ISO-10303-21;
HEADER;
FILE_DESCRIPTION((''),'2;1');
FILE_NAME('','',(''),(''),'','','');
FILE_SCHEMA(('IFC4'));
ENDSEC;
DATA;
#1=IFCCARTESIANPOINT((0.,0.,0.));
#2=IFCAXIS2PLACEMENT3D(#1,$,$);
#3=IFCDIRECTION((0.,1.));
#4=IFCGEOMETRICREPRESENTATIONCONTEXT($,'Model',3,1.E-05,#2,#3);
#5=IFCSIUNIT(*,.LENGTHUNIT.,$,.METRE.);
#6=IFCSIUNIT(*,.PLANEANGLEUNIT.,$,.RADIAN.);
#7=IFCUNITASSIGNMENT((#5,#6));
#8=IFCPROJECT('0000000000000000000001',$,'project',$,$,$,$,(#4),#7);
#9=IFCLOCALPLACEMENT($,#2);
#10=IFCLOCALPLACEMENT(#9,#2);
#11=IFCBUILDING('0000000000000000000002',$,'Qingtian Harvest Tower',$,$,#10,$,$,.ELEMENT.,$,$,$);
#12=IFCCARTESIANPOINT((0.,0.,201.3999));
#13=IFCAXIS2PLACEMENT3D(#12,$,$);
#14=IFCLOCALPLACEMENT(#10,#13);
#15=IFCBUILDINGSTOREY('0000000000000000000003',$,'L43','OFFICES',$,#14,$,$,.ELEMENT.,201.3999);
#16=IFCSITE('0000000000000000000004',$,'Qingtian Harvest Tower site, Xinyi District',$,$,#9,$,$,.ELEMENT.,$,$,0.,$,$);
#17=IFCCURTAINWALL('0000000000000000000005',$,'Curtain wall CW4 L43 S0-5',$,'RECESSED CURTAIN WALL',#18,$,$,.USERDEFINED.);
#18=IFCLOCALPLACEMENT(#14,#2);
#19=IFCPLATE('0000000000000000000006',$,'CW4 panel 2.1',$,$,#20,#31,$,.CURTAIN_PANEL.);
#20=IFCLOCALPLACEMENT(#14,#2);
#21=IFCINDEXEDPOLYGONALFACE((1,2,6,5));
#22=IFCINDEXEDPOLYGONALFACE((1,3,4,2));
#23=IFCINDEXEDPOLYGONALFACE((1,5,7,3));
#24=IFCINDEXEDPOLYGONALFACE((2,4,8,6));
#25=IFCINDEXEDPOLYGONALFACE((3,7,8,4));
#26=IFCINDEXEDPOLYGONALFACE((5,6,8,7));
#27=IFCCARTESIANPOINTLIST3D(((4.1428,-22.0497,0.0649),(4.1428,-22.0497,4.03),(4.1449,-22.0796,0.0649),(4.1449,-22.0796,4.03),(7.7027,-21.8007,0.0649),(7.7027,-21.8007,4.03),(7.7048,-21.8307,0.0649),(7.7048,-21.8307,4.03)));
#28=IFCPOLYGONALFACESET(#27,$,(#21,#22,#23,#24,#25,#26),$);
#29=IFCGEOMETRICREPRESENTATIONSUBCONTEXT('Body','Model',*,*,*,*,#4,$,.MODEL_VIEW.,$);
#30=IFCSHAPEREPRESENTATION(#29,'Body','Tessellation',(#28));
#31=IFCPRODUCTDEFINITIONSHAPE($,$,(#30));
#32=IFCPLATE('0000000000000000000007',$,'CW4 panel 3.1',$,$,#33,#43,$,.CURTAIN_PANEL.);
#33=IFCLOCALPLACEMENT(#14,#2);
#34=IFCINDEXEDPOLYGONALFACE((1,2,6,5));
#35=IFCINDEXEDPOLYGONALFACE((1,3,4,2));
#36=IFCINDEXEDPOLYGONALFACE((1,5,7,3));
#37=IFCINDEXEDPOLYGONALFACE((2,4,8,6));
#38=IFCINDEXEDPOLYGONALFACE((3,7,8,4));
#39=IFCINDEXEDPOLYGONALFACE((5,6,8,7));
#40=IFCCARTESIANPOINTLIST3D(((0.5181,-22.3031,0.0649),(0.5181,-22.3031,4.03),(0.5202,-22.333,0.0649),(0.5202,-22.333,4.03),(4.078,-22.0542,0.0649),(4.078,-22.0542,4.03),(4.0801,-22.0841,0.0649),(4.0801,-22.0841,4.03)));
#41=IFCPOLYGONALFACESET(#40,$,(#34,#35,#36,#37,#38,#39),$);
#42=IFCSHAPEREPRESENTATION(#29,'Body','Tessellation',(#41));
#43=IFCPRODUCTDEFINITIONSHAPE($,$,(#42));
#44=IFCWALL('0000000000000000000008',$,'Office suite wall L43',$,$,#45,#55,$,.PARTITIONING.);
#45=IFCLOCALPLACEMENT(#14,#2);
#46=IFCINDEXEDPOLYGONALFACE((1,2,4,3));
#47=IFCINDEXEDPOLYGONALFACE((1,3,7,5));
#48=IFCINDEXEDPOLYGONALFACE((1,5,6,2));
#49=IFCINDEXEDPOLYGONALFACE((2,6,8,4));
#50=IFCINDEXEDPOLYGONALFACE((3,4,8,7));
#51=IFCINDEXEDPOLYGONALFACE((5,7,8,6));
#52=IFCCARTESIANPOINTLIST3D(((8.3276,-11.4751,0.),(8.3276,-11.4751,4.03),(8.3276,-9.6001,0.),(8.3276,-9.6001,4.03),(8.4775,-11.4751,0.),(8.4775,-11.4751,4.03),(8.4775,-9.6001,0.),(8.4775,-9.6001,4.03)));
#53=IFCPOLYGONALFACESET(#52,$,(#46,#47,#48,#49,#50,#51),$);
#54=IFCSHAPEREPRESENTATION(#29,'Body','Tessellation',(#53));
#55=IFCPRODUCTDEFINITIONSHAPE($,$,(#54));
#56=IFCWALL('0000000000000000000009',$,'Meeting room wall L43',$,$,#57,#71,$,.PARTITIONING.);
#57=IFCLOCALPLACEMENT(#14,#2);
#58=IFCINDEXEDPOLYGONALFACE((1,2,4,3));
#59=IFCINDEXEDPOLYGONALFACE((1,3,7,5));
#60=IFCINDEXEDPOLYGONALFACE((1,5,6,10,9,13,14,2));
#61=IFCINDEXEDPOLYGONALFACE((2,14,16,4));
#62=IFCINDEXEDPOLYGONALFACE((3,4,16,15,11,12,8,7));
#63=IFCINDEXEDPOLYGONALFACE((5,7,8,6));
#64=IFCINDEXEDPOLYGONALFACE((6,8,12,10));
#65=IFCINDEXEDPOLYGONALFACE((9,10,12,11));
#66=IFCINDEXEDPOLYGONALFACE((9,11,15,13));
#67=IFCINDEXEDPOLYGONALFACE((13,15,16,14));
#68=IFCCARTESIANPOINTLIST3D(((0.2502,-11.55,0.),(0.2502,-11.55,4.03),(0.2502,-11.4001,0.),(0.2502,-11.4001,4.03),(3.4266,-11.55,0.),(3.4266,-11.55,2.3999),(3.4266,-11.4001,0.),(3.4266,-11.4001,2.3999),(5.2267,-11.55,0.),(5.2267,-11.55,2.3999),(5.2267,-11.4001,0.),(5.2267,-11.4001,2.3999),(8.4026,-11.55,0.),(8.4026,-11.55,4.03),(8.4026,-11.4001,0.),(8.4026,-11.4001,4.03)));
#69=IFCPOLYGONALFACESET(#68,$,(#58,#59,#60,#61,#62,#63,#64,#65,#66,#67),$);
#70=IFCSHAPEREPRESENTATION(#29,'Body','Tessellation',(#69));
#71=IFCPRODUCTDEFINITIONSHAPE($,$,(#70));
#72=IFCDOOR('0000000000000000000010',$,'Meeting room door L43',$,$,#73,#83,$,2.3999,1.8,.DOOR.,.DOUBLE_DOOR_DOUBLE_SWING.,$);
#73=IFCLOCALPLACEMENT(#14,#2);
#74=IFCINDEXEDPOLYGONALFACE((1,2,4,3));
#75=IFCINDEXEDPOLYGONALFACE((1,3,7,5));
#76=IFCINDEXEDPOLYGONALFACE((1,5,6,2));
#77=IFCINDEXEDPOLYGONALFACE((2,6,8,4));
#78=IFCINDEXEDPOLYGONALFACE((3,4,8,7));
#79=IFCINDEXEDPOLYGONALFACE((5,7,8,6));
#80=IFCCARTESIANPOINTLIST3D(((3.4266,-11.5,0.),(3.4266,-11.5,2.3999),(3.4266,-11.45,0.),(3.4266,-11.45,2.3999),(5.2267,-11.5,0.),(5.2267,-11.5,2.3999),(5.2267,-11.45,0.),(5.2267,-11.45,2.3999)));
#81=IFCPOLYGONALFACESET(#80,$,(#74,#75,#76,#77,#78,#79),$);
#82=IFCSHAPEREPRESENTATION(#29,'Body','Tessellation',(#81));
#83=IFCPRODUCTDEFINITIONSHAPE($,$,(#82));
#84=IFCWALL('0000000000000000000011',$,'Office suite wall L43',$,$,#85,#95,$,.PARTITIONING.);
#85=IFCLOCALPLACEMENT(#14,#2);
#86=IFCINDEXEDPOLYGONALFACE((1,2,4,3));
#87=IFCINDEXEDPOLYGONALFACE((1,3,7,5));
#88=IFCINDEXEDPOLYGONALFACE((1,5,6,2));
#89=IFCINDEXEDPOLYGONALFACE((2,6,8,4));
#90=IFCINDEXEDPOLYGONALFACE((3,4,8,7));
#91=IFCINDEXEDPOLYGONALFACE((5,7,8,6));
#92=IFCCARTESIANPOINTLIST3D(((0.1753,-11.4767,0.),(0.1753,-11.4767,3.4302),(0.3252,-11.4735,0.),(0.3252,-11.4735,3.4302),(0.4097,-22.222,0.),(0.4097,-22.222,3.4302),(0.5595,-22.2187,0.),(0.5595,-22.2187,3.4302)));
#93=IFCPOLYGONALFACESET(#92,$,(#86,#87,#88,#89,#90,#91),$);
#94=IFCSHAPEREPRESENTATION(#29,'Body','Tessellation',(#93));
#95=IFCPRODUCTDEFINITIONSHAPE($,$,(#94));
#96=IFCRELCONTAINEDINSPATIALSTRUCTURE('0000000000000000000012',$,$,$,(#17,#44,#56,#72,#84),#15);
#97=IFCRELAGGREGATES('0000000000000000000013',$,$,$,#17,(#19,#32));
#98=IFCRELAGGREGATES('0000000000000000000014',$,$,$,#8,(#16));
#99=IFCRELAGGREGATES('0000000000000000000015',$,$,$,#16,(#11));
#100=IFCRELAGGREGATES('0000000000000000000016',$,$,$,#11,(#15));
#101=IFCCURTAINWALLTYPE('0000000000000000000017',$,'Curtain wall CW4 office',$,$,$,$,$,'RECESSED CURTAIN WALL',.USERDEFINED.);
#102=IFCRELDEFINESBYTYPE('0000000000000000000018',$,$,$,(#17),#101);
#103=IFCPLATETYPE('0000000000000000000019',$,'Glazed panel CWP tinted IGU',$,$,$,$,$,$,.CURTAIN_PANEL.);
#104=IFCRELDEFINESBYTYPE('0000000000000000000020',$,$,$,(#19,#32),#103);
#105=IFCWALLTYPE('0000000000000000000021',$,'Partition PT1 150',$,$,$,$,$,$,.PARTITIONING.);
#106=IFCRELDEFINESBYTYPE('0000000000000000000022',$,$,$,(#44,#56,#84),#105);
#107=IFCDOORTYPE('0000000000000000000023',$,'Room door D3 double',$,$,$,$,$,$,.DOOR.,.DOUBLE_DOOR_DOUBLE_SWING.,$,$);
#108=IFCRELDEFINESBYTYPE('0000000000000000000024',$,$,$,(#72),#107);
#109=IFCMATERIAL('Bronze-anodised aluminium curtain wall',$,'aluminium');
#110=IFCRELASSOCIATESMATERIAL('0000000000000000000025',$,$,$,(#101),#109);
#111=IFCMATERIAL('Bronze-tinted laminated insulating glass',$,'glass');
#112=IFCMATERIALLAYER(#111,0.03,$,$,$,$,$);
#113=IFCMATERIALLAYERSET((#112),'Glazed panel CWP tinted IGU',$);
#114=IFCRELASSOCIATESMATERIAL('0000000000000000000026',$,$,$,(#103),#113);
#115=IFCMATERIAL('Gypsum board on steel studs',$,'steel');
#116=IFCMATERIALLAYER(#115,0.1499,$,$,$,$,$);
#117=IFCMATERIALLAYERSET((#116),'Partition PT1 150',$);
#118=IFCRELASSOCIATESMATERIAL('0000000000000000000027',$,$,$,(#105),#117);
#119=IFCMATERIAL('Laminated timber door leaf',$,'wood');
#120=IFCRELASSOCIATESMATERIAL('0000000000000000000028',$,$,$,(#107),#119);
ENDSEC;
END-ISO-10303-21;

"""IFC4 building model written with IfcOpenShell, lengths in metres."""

from ifc_helpers import new_model, si_unit, direction, frame, frame_2d, origin, origin_2d, place, context, subcontext, project, spatial, rectangle, extrude, material, layer, layer_set, type_object, element, fill, aggregate, save


model = new_model("IFC4")

# Units and contexts
model_context = context("Model", 3, precision=1e-05, world=origin(), true_north=direction((0.0, 1.0)))
body_context = subcontext(model_context, "Body", "Model", "MODEL_VIEW")
ifc_project = project(units=[si_unit("LENGTHUNIT", "METRE"), si_unit("PLANEANGLEUNIT", "RADIAN")], contexts=[model_context])

# Site, building, storey
site_placement = place(None, origin())
site = spatial("IfcSite", under=ifc_project, at=site_placement, Name="Qingtian Harvest Tower site, Xinyi District", CompositionType="ELEMENT", RefElevation=0.0)
building_placement = place(site_placement, origin())
building = spatial("IfcBuilding", under=site, at=building_placement, Name="Qingtian Harvest Tower", CompositionType="ELEMENT")
storey_placement = place(building_placement, frame((0.0, 0.0, 201.3999)))
storey = spatial("IfcBuildingStorey", under=building, at=storey_placement, Name="L43", Description="OFFICES", CompositionType="ELEMENT", Elevation=201.3999)

# Shared definitions
ifc_material_1 = material(Name="Bronze-anodised aluminium curtain wall", Category="aluminium")
curtain_wall_type = type_object("IfcCurtainWallType", Name="Curtain wall CW4 office", ElementType="RECESSED CURTAIN WALL", PredefinedType="USERDEFINED", material=ifc_material_1)

# Curtain wall
curtain_wall_1_placement = place(storey_placement, origin())
curtain_wall_1 = element("IfcCurtainWall", 1, at=curtain_wall_1_placement, inside=storey, type_object=curtain_wall_type, Name="Curtain wall CW4 L43 S0-5", ObjectType="RECESSED CURTAIN WALL", PredefinedType="USERDEFINED")

# Plates
ifc_material_2 = material(Name="Bronze-tinted laminated insulating glass", Category="glass")
ifc_layer_1 = layer(ifc_material_2, 0.03)
ifc_layer_set_1 = layer_set([ifc_layer_1], Name="Glazed panel CWP tinted IGU")
plate_type = type_object("IfcPlateType", Name="Glazed panel CWP tinted IGU", PredefinedType="CURTAIN_PANEL", material=ifc_layer_set_1)
plate_1_placement = place(storey_placement, frame((5.9238, -21.9402, 0.0649), z_axis=(0.0, 0.0, 1.0), x_axis=(-0.997564, -0.069756, 0.0)))
plate_1 = element("IfcPlate", 2, at=plate_1_placement, type_object=plate_type, Name="CW4 panel 2.1", PredefinedType="CURTAIN_PANEL", context=body_context, shape_type="SweptSolid", body=[
    extrude(rectangle(XDim=3.5686, YDim=0.03, at=origin_2d()), origin(), (0.0, 0.0, 1.0), 3.9651),
])
plate_2_placement = place(storey_placement, frame((2.2991, -22.1936, 0.0649), z_axis=(0.0, 0.0, 1.0), x_axis=(-0.997564, -0.069756, 0.0)))
plate_2 = element("IfcPlate", 3, at=plate_2_placement, type_object=plate_type, Name="CW4 panel 3.1", PredefinedType="CURTAIN_PANEL", context=body_context, shape_type="SweptSolid", body=[
    extrude(rectangle(XDim=3.5686, YDim=0.03, at=origin_2d()), origin(), (0.0, 0.0, 1.0), 3.9651),
])
aggregate(curtain_wall_1, [plate_1, plate_2])

# Wall
ifc_material_3 = material(Name="Gypsum board on steel studs", Category="steel")
ifc_layer_2 = layer(ifc_material_3, 0.1499)
ifc_layer_set_2 = layer_set([ifc_layer_2], Name="Partition PT1 150")
wall_type = type_object("IfcWallType", Name="Partition PT1 150", PredefinedType="PARTITIONING", material=ifc_layer_set_2)
wall_1_placement = place(storey_placement, frame((8.4026, -9.6001, 0.0), z_axis=(0.0, 0.0, 1.0), x_axis=(0.0, -1.0, 0.0)))
element("IfcWall", 4, at=wall_1_placement, inside=storey, type_object=wall_type, Name="Office suite wall L43", PredefinedType="PARTITIONING", context=body_context, shape_type="SweptSolid", body=[
    extrude(rectangle(XDim=1.875, YDim=0.1499, at=frame_2d((0.9375, 0.0))), origin(), (0.0, 0.0, 1.0), 4.03),
])

# Wall, opening, door
wall_2_placement = place(storey_placement, frame((8.4026, -11.4751, 0.0), z_axis=(0.0, 0.0, 1.0), x_axis=(-1.0, 0.0, 0.0)))
wall_2 = element("IfcWall", 5, at=wall_2_placement, inside=storey, type_object=wall_type, Name="Meeting room wall L43", PredefinedType="PARTITIONING", context=body_context, shape_type="SweptSolid", body=[
    extrude(rectangle(XDim=8.1523, YDim=0.1499, at=frame_2d((4.0762, 0.0))), origin(), (0.0, 0.0, 1.0), 4.03),
])
opening_1_placement = place(wall_2_placement, frame((3.176, 0.0, 0.0)))
opening_1 = element("IfcOpeningElement", 6, at=opening_1_placement, cuts=wall_2, PredefinedType="OPENING", context=body_context, shape_type="SweptSolid", body=[
    extrude(rectangle(XDim=1.8, YDim=2.3999, at=frame_2d((0.8999, 1.2))), frame((0.0, 0.085, 0.0), z_axis=(0.0, -1.0, 0.0), x_axis=(1.0, 0.0, 0.0)), (0.0, 0.0, 1.0), 0.1699),
])
ifc_material_4 = material(Name="Laminated timber door leaf", Category="wood")
door_type = type_object("IfcDoorType", Name="Room door D3 double", OperationType="DOUBLE_DOOR_DOUBLE_SWING", PredefinedType="DOOR", material=ifc_material_4)
door_1_placement = place(opening_1_placement, origin())
door_1 = element("IfcDoor", 7, at=door_1_placement, inside=storey, type_object=door_type, Name="Meeting room door L43", OperationType="DOUBLE_DOOR_DOUBLE_SWING", OverallHeight=2.3999, OverallWidth=1.8, PredefinedType="DOOR", context=body_context, shape_type="SweptSolid", body=[
    extrude(rectangle(XDim=1.8, YDim=2.3999, at=frame_2d((0.8999, 1.2))), frame((0.0, 0.0249, 0.0), z_axis=(0.0, -1.0, 0.0), x_axis=(1.0, 0.0, 0.0)), (0.0, 0.0, 1.0), 0.05),
])
fill(opening_1, door_1)

# Wall
wall_3_placement = place(storey_placement, frame((0.4846, -22.2205, 0.0), z_axis=(0.0, 0.0, 1.0), x_axis=(-0.021807, 0.999762, 0.0)))
element("IfcWall", 8, at=wall_3_placement, inside=storey, type_object=wall_type, Name="Office suite wall L43", PredefinedType="PARTITIONING", context=body_context, shape_type="SweptSolid", body=[
    extrude(rectangle(XDim=10.7478, YDim=0.1499, at=frame_2d((5.374, 0.0))), origin(), (0.0, 0.0, 1.0), 3.4302),
])

save(model, "model.ifc")
